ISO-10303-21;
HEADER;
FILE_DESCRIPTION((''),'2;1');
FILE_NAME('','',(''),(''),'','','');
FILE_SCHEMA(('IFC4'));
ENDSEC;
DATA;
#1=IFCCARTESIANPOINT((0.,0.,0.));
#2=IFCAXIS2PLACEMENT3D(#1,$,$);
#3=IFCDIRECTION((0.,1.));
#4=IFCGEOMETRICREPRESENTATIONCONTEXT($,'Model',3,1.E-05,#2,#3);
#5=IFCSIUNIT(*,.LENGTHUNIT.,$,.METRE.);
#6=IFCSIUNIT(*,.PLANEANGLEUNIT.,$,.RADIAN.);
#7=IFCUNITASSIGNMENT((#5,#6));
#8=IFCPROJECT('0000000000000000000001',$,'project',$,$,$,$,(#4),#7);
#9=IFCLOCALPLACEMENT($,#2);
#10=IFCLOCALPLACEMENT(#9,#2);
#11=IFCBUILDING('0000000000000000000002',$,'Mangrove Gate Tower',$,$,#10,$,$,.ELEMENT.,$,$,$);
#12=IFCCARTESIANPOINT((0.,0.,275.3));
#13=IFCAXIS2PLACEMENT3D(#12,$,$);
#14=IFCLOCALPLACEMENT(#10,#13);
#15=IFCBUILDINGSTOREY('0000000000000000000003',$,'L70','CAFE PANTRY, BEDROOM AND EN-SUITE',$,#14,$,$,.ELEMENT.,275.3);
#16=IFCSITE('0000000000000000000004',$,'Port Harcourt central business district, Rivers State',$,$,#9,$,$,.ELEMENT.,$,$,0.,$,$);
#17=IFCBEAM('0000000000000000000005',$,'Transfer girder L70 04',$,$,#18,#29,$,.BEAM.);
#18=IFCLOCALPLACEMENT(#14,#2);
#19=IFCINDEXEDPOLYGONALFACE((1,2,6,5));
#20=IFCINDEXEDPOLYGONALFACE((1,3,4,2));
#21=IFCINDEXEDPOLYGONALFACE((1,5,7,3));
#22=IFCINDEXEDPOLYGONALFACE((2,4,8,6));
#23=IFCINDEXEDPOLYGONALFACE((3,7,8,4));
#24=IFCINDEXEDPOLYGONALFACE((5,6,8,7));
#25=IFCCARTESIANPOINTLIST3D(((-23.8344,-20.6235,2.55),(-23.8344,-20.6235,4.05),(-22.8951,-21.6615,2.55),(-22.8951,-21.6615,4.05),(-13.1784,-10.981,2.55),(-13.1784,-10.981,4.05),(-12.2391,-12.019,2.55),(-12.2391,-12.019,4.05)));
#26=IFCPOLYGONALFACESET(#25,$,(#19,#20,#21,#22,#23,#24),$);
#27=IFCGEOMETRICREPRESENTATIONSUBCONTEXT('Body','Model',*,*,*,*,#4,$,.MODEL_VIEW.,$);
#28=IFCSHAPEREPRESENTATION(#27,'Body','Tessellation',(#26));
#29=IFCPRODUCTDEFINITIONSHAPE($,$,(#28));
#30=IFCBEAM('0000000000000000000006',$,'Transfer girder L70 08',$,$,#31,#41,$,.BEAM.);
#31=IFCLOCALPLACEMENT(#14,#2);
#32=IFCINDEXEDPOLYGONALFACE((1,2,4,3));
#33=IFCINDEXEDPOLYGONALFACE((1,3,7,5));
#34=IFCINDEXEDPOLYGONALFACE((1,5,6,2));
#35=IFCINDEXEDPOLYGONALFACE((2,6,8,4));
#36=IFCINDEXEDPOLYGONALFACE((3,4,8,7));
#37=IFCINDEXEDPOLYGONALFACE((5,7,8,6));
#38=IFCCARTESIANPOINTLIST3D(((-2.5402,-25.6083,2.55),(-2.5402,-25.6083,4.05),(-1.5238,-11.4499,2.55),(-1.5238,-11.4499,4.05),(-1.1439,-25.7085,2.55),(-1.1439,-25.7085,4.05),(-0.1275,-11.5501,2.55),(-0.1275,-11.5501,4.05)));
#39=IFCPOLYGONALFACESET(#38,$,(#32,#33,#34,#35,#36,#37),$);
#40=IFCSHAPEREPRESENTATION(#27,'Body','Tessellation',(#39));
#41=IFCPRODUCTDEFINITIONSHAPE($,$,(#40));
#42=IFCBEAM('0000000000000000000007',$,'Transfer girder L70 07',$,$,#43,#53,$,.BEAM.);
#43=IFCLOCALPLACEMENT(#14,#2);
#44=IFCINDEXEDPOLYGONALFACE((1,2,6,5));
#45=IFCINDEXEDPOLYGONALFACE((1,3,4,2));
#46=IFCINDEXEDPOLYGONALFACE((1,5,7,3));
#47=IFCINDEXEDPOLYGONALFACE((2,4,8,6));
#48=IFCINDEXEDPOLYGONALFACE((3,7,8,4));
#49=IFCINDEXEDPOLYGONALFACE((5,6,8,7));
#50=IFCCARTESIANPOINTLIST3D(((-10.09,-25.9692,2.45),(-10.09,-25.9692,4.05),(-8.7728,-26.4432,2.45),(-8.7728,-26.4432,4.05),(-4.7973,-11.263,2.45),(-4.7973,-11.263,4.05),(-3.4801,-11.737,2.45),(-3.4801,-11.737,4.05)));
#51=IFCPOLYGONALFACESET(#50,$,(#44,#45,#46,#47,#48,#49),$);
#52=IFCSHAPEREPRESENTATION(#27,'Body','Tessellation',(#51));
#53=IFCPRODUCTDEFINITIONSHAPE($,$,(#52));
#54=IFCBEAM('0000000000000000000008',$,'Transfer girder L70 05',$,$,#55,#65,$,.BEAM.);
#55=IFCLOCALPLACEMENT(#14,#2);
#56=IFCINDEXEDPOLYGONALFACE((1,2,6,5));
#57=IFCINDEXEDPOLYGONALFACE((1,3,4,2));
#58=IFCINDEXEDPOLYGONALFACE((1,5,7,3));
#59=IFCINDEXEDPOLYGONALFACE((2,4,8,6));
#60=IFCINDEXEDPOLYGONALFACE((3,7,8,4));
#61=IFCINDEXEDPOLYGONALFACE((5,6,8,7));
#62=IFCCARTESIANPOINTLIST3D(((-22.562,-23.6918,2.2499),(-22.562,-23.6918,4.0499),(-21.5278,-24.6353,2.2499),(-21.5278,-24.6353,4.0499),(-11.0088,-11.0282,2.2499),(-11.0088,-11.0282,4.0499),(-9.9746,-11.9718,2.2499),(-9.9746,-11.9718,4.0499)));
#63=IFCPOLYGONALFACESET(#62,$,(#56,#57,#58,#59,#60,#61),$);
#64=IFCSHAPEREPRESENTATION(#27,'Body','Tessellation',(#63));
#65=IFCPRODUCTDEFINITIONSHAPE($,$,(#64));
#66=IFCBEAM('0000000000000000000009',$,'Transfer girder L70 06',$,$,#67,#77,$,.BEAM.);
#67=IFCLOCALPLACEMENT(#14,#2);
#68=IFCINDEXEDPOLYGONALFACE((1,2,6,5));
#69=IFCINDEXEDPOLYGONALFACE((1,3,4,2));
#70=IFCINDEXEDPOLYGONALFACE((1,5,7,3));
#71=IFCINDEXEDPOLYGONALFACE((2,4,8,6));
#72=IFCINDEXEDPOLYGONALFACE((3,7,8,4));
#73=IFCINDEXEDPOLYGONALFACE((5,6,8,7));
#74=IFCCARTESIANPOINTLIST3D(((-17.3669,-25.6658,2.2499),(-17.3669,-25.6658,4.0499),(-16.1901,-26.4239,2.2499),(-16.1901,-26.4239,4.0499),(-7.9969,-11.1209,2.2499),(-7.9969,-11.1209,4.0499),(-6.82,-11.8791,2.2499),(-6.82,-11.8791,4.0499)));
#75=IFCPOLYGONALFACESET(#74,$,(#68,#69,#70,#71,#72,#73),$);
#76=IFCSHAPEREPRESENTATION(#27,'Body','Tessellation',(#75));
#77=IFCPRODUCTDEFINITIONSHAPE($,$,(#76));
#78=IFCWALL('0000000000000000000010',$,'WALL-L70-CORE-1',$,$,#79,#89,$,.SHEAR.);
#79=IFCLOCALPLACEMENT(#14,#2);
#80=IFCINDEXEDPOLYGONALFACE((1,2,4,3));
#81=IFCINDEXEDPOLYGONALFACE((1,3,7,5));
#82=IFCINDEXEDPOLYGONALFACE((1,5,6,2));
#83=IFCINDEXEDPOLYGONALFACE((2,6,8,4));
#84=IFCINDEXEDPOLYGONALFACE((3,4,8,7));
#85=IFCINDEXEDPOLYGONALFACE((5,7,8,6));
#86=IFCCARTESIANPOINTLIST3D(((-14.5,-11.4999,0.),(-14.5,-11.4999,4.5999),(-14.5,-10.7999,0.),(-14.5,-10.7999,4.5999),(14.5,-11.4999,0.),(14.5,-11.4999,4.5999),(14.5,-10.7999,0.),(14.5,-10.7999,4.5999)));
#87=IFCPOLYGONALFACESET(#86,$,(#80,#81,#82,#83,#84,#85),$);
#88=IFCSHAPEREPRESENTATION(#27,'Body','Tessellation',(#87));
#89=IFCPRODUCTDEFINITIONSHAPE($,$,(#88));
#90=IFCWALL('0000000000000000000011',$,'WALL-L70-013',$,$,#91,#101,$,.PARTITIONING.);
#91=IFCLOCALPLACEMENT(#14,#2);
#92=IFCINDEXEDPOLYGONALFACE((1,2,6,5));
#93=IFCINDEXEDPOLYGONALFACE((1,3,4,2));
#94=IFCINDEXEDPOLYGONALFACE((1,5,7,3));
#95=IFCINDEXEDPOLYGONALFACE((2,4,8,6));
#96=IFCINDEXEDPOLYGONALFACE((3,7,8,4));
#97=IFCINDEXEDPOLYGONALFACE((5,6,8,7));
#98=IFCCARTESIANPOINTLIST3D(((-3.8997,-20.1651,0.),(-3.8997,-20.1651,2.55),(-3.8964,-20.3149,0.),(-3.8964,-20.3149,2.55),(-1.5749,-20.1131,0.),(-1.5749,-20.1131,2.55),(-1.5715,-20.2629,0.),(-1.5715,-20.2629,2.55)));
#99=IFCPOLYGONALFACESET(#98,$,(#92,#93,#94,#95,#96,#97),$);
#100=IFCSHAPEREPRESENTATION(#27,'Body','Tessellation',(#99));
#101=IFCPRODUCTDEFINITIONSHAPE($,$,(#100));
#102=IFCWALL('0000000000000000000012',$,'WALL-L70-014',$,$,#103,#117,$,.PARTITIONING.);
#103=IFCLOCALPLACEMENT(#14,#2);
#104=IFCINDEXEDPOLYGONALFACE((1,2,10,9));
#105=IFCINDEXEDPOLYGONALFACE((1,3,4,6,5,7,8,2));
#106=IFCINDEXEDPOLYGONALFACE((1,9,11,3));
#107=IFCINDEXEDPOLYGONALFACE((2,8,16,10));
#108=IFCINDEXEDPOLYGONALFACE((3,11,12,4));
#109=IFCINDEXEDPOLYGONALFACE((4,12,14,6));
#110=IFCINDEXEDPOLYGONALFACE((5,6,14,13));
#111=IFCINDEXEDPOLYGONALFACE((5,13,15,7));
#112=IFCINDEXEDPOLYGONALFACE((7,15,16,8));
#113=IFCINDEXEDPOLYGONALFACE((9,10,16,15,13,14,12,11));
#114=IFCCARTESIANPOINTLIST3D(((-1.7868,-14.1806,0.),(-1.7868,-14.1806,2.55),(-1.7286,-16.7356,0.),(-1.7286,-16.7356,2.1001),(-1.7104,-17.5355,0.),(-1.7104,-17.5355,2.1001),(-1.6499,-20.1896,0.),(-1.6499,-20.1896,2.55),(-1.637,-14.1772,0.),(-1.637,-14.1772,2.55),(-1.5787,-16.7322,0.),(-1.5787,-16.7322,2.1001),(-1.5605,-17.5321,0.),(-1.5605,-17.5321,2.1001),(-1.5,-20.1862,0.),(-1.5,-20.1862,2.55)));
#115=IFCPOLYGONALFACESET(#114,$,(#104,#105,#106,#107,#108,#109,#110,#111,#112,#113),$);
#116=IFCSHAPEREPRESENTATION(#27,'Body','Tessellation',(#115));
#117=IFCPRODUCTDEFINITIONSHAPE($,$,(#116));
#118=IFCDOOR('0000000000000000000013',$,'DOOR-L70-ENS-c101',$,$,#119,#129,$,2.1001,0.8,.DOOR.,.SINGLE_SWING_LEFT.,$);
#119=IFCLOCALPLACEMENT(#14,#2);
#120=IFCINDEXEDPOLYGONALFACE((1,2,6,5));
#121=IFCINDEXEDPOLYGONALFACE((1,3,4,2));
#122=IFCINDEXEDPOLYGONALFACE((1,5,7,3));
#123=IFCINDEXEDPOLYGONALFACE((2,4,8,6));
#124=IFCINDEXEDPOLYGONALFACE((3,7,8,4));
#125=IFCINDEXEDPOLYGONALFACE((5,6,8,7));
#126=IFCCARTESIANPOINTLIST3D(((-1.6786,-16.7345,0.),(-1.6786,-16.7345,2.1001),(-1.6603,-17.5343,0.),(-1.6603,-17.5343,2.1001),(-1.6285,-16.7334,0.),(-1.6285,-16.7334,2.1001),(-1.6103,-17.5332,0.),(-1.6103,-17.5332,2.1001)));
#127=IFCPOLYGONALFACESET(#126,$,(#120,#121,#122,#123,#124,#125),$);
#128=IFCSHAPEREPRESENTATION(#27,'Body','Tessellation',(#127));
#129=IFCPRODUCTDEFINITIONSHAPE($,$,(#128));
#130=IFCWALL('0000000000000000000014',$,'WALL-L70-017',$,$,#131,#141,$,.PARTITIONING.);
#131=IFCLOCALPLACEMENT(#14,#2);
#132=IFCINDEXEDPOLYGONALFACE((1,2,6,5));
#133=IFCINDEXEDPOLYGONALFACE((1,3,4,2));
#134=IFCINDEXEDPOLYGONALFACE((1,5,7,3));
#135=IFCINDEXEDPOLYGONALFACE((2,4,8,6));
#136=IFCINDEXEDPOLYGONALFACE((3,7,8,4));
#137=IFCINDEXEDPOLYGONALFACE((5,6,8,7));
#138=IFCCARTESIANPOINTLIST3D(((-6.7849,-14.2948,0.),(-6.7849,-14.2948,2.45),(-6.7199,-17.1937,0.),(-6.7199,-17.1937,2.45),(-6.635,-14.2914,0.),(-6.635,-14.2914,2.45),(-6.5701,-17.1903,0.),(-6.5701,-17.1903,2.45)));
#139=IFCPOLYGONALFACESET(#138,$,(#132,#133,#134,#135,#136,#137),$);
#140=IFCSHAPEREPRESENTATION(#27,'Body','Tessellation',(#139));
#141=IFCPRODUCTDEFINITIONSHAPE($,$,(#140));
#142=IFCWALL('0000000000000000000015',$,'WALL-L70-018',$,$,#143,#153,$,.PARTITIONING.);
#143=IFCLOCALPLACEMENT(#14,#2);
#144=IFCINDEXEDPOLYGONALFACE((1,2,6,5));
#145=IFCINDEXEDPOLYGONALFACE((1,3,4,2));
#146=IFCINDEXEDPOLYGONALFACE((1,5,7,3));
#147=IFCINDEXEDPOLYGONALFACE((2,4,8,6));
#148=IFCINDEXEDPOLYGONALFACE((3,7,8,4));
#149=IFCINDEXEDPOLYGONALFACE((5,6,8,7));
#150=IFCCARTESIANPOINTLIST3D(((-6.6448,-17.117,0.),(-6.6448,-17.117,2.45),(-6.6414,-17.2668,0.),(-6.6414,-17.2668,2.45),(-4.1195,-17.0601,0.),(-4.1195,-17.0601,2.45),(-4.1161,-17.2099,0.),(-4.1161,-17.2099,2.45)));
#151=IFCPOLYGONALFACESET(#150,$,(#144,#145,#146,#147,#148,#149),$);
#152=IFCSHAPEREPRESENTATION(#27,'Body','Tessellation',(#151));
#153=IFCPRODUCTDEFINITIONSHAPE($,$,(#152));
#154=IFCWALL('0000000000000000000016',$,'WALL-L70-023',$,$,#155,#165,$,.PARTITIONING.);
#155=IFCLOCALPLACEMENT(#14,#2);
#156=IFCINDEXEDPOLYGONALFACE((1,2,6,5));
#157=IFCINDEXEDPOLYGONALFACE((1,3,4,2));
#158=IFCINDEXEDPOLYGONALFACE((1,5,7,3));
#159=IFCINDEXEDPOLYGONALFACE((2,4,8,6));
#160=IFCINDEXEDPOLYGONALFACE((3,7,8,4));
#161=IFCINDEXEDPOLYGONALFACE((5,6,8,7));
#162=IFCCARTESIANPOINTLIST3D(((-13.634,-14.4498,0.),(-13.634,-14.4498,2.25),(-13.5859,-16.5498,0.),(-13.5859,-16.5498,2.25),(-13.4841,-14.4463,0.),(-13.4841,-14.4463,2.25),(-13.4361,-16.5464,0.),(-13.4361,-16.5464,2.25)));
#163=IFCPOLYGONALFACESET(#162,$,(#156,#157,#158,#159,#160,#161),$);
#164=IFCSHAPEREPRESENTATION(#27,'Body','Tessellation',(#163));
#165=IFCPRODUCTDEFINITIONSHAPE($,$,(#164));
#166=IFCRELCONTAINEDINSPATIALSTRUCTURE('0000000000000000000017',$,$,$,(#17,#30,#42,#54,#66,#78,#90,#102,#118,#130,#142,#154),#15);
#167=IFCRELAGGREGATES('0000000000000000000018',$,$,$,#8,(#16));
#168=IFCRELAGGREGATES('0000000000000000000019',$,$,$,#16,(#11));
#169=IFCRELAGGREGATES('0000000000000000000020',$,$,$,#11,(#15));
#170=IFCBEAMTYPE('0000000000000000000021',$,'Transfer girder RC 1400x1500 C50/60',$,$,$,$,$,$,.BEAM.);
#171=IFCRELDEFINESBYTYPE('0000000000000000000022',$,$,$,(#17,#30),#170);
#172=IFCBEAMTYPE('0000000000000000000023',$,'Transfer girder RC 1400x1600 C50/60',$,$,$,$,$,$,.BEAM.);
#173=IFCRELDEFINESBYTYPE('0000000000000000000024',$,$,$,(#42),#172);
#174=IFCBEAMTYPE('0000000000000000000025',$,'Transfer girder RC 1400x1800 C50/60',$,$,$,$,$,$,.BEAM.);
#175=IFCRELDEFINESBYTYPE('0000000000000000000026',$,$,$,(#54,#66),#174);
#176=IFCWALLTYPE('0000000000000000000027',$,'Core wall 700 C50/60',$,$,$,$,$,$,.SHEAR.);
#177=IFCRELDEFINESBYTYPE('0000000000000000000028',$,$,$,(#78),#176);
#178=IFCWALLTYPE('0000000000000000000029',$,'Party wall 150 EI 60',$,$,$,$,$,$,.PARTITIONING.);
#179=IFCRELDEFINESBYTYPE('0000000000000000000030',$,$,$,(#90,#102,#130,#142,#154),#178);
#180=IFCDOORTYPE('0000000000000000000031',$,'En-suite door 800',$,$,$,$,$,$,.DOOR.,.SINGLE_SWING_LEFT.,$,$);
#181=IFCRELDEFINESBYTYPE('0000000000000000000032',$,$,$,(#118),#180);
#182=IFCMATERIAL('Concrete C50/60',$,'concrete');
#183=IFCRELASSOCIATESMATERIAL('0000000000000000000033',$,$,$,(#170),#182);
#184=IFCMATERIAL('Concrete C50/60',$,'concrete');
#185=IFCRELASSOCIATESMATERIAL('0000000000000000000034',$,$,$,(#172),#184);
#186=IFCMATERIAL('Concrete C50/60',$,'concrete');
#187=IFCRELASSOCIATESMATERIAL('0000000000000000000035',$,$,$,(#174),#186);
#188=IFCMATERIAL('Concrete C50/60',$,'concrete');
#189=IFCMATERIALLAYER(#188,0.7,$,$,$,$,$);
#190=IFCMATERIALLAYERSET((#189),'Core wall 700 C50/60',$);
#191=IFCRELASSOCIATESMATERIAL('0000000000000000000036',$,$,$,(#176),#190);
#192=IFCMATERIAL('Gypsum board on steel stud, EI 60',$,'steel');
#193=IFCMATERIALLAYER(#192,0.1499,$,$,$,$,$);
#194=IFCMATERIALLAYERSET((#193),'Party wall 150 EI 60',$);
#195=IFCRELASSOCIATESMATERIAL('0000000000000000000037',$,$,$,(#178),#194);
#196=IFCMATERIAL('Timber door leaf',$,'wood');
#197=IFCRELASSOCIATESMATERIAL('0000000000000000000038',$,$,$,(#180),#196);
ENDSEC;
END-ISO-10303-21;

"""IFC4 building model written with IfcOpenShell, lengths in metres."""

from ifc_helpers import new_model, si_unit, direction, frame, frame_2d, origin, origin_2d, place, context, subcontext, project, spatial, rectangle, extrude, material, layer, layer_set, material_profile, profile_set, type_object, element, fill, save


model = new_model("IFC4")

# Units and contexts
model_context = context("Model", 3, precision=1e-05, world=origin(), true_north=direction((0.0, 1.0)))
body_context = subcontext(model_context, "Body", "Model", "MODEL_VIEW")
ifc_project = project(units=[si_unit("LENGTHUNIT", "METRE"), si_unit("PLANEANGLEUNIT", "RADIAN")], contexts=[model_context])

# Site, building, storey
site_placement = place(None, origin())
site = spatial("IfcSite", under=ifc_project, at=site_placement, Name="Port Harcourt central business district, Rivers State", CompositionType="ELEMENT", RefElevation=0.0)
building_placement = place(site_placement, origin())
building = spatial("IfcBuilding", under=site, at=building_placement, Name="Mangrove Gate Tower", CompositionType="ELEMENT")
storey_placement = place(building_placement, frame((0.0, 0.0, 275.3)))
storey = spatial("IfcBuildingStorey", under=building, at=storey_placement, Name="L70", Description="CAFE PANTRY, BEDROOM AND EN-SUITE", CompositionType="ELEMENT", Elevation=275.3)

# Beams
ifc_material_1 = material(Name="Concrete C50/60", Category="concrete")
ifc_material_profile_1 = material_profile(ifc_material_1, rectangle(XDim=1.3999, YDim=1.5, at=origin_2d()))
ifc_profile_set_1 = profile_set([ifc_material_profile_1], Name="Concrete C50/60")
beam_type_1 = type_object("IfcBeamType", Name="Transfer girder RC 1400x1500 C50/60", PredefinedType="BEAM", material=ifc_profile_set_1)
beam_1_placement = place(storey_placement, frame((-12.7087, -11.5, 3.3), z_axis=(-0.741486, -0.670968, 0.0), x_axis=(0.670968, -0.741486, 0.0)))
element("IfcBeam", 1, at=beam_1_placement, inside=storey, type_object=beam_type_1, Name="Transfer girder L70 04", PredefinedType="BEAM", context=body_context, shape_type="SweptSolid", body=[
    extrude(rectangle(XDim=1.3999, YDim=1.5, at=origin_2d()), origin(), (0.0, 0.0, 1.0), 14.3711),
])
beam_2_placement = place(storey_placement, frame((-0.8257, -11.5, 3.3), z_axis=(-0.0716, -0.997433, 0.0), x_axis=(0.997433, -0.0716, 0.0)))
element("IfcBeam", 2, at=beam_2_placement, inside=storey, type_object=beam_type_1, Name="Transfer girder L70 08", PredefinedType="BEAM", context=body_context, shape_type="SweptSolid", body=[
    extrude(rectangle(XDim=1.3999, YDim=1.5, at=origin_2d()), origin(), (0.0, 0.0, 1.0), 14.1948),
])
ifc_material_2 = material(Name="Concrete C50/60", Category="concrete")
ifc_material_profile_2 = material_profile(ifc_material_2, rectangle(XDim=1.3999, YDim=1.6001, at=origin_2d()))
ifc_profile_set_2 = profile_set([ifc_material_profile_2], Name="Concrete C50/60")
beam_type_2 = type_object("IfcBeamType", Name="Transfer girder RC 1400x1600 C50/60", PredefinedType="BEAM", material=ifc_profile_set_2)
beam_3_placement = place(storey_placement, frame((-4.1387, -11.5, 3.25), z_axis=(-0.338632, -0.940919, 0.0), x_axis=(0.940919, -0.338632, 0.0)))
element("IfcBeam", 3, at=beam_3_placement, inside=storey, type_object=beam_type_2, Name="Transfer girder L70 07", PredefinedType="BEAM", context=body_context, shape_type="SweptSolid", body=[
    extrude(rectangle(XDim=1.3999, YDim=1.6001, at=origin_2d()), origin(), (0.0, 0.0, 1.0), 15.6296),
])
ifc_material_3 = material(Name="Concrete C50/60", Category="concrete")
ifc_material_profile_3 = material_profile(ifc_material_3, rectangle(XDim=1.3999, YDim=1.8, at=origin_2d()))
ifc_profile_set_3 = profile_set([ifc_material_profile_3], Name="Concrete C50/60")
beam_type_3 = type_object("IfcBeamType", Name="Transfer girder RC 1400x1800 C50/60", PredefinedType="BEAM", material=ifc_profile_set_3)
beam_4_placement = place(storey_placement, frame((-10.4917, -11.5, 3.1499), z_axis=(-0.673978, -0.738752, 0.0), x_axis=(0.738752, -0.673978, 0.0)))
element("IfcBeam", 4, at=beam_4_placement, inside=storey, type_object=beam_type_3, Name="Transfer girder L70 05", PredefinedType="BEAM", context=body_context, shape_type="SweptSolid", body=[
    extrude(rectangle(XDim=1.3999, YDim=1.8, at=origin_2d()), origin(), (0.0, 0.0, 1.0), 17.1418),
])
beam_5_placement = place(storey_placement, frame((-7.4084, -11.5, 3.1499), z_axis=(-0.541568, -0.840657, 0.0), x_axis=(0.840657, -0.541568, 0.0)))
element("IfcBeam", 5, at=beam_5_placement, inside=storey, type_object=beam_type_3, Name="Transfer girder L70 06", PredefinedType="BEAM", context=body_context, shape_type="SweptSolid", body=[
    extrude(rectangle(XDim=1.3999, YDim=1.8, at=origin_2d()), origin(), (0.0, 0.0, 1.0), 17.3018),
])

# Wall
ifc_material_4 = material(Name="Concrete C50/60", Category="concrete")
ifc_layer_1 = layer(ifc_material_4, 0.7)
ifc_layer_set_1 = layer_set([ifc_layer_1], Name="Core wall 700 C50/60")
wall_type_1 = type_object("IfcWallType", Name="Core wall 700 C50/60", PredefinedType="SHEAR", material=ifc_layer_set_1)
wall_1_placement = place(storey_placement, frame((-14.5, -11.1499, 0.0), z_axis=(0.0, 0.0, 1.0), x_axis=(1.0, 0.0, 0.0)))
element("IfcWall", 6, at=wall_1_placement, inside=storey, type_object=wall_type_1, Name="WALL-L70-CORE-1", PredefinedType="SHEAR", context=body_context, shape_type="SweptSolid", body=[
    extrude(rectangle(XDim=29.0, YDim=0.7, at=frame_2d((14.5, 0.0))), origin(), (0.0, 0.0, 1.0), 4.5999),
])

# Wall
ifc_material_5 = material(Name="Gypsum board on steel stud, EI 60", Category="steel")
ifc_layer_2 = layer(ifc_material_5, 0.1499)
ifc_layer_set_2 = layer_set([ifc_layer_2], Name="Party wall 150 EI 60")
wall_type_2 = type_object("IfcWallType", Name="Party wall 150 EI 60", PredefinedType="PARTITIONING", material=ifc_layer_set_2)
wall_2_placement = place(storey_placement, frame((-3.8979, -20.24, 0.0), z_axis=(0.0, 0.0, 1.0), x_axis=(0.99975, 0.022361, 0.0)))
element("IfcWall", 7, at=wall_2_placement, inside=storey, type_object=wall_type_2, Name="WALL-L70-013", PredefinedType="PARTITIONING", context=body_context, shape_type="SweptSolid", body=[
    extrude(rectangle(XDim=2.3254, YDim=0.1499, at=frame_2d((1.1626, 0.0))), origin(), (0.0, 0.0, 1.0), 2.55),
])

# Wall, opening, door
wall_3_placement = place(storey_placement, frame((-1.575, -20.188, 0.0), z_axis=(0.0, 0.0, 1.0), x_axis=(-0.022787, 0.99974, 0.0)))
wall_3 = element("IfcWall", 8, at=wall_3_placement, inside=storey, type_object=wall_type_2, Name="WALL-L70-014", PredefinedType="PARTITIONING", context=body_context, shape_type="SweptSolid", body=[
    extrude(rectangle(XDim=6.0105, YDim=0.1499, at=frame_2d((3.0054, 0.0))), origin(), (0.0, 0.0, 1.0), 2.55),
])
opening_1_placement = place(wall_3_placement, frame((2.655, 0.0, 0.0)))
opening_1 = element("IfcOpeningElement", 9, at=opening_1_placement, cuts=wall_3, PredefinedType="OPENING", context=body_context, shape_type="SweptSolid", body=[
    extrude(rectangle(XDim=0.8, YDim=2.1001, at=frame_2d((0.3999, 1.05))), frame((0.0, 0.085, 0.0), z_axis=(0.0, -1.0, 0.0), x_axis=(1.0, 0.0, 0.0)), (0.0, 0.0, 1.0), 0.1699),
])
ifc_material_6 = material(Name="Timber door leaf", Category="wood")
door_type_1 = type_object("IfcDoorType", Name="En-suite door 800", OperationType="SINGLE_SWING_LEFT", PredefinedType="DOOR", material=ifc_material_6)
door_1_placement = place(opening_1_placement, origin())
door_1 = element("IfcDoor", 10, at=door_1_placement, inside=storey, type_object=door_type_1, Name="DOOR-L70-ENS-c101", OperationType="SINGLE_SWING_LEFT", OverallHeight=2.1001, OverallWidth=0.8, PredefinedType="DOOR", context=body_context, shape_type="SweptSolid", body=[
    extrude(rectangle(XDim=0.8, YDim=2.1001, at=frame_2d((0.3999, 1.05))), frame((0.0, 0.0249, 0.0), z_axis=(0.0, -1.0, 0.0), x_axis=(1.0, 0.0, 0.0)), (0.0, 0.0, 1.0), 0.05),
])
fill(opening_1, door_1)

# Walls
wall_4_placement = place(storey_placement, frame((-6.645, -17.1919, 0.0), z_axis=(0.0, 0.0, 1.0), x_axis=(-0.022396, 0.999749, 0.0)))
element("IfcWall", 11, at=wall_4_placement, inside=storey, type_object=wall_type_2, Name="WALL-L70-017", PredefinedType="PARTITIONING", context=body_context, shape_type="SweptSolid", body=[
    extrude(rectangle(XDim=2.8997, YDim=0.1499, at=frame_2d((1.4497, 0.0))), origin(), (0.0, 0.0, 1.0), 2.45),
])
wall_5_placement = place(storey_placement, frame((-6.6431, -17.1919, 0.0), z_axis=(0.0, 0.0, 1.0), x_axis=(0.999746, 0.022522, 0.0)))
element("IfcWall", 12, at=wall_5_placement, inside=storey, type_object=wall_type_2, Name="WALL-L70-018", PredefinedType="PARTITIONING", context=body_context, shape_type="SweptSolid", body=[
    extrude(rectangle(XDim=2.5259, YDim=0.1499, at=frame_2d((1.2629, 0.0))), origin(), (0.0, 0.0, 1.0), 2.45),
])
wall_6_placement = place(storey_placement, frame((-13.511, -16.5481, 0.0), z_axis=(0.0, 0.0, 1.0), x_axis=(-0.022896, 0.999738, 0.0)))
element("IfcWall", 13, at=wall_6_placement, inside=storey, type_object=wall_type_2, Name="WALL-L70-023", PredefinedType="PARTITIONING", context=body_context, shape_type="SweptSolid", body=[
    extrude(rectangle(XDim=2.1006, YDim=0.1499, at=frame_2d((1.0503, 0.0))), origin(), (0.0, 0.0, 1.0), 2.25),
])

save(model, "model.ifc")
